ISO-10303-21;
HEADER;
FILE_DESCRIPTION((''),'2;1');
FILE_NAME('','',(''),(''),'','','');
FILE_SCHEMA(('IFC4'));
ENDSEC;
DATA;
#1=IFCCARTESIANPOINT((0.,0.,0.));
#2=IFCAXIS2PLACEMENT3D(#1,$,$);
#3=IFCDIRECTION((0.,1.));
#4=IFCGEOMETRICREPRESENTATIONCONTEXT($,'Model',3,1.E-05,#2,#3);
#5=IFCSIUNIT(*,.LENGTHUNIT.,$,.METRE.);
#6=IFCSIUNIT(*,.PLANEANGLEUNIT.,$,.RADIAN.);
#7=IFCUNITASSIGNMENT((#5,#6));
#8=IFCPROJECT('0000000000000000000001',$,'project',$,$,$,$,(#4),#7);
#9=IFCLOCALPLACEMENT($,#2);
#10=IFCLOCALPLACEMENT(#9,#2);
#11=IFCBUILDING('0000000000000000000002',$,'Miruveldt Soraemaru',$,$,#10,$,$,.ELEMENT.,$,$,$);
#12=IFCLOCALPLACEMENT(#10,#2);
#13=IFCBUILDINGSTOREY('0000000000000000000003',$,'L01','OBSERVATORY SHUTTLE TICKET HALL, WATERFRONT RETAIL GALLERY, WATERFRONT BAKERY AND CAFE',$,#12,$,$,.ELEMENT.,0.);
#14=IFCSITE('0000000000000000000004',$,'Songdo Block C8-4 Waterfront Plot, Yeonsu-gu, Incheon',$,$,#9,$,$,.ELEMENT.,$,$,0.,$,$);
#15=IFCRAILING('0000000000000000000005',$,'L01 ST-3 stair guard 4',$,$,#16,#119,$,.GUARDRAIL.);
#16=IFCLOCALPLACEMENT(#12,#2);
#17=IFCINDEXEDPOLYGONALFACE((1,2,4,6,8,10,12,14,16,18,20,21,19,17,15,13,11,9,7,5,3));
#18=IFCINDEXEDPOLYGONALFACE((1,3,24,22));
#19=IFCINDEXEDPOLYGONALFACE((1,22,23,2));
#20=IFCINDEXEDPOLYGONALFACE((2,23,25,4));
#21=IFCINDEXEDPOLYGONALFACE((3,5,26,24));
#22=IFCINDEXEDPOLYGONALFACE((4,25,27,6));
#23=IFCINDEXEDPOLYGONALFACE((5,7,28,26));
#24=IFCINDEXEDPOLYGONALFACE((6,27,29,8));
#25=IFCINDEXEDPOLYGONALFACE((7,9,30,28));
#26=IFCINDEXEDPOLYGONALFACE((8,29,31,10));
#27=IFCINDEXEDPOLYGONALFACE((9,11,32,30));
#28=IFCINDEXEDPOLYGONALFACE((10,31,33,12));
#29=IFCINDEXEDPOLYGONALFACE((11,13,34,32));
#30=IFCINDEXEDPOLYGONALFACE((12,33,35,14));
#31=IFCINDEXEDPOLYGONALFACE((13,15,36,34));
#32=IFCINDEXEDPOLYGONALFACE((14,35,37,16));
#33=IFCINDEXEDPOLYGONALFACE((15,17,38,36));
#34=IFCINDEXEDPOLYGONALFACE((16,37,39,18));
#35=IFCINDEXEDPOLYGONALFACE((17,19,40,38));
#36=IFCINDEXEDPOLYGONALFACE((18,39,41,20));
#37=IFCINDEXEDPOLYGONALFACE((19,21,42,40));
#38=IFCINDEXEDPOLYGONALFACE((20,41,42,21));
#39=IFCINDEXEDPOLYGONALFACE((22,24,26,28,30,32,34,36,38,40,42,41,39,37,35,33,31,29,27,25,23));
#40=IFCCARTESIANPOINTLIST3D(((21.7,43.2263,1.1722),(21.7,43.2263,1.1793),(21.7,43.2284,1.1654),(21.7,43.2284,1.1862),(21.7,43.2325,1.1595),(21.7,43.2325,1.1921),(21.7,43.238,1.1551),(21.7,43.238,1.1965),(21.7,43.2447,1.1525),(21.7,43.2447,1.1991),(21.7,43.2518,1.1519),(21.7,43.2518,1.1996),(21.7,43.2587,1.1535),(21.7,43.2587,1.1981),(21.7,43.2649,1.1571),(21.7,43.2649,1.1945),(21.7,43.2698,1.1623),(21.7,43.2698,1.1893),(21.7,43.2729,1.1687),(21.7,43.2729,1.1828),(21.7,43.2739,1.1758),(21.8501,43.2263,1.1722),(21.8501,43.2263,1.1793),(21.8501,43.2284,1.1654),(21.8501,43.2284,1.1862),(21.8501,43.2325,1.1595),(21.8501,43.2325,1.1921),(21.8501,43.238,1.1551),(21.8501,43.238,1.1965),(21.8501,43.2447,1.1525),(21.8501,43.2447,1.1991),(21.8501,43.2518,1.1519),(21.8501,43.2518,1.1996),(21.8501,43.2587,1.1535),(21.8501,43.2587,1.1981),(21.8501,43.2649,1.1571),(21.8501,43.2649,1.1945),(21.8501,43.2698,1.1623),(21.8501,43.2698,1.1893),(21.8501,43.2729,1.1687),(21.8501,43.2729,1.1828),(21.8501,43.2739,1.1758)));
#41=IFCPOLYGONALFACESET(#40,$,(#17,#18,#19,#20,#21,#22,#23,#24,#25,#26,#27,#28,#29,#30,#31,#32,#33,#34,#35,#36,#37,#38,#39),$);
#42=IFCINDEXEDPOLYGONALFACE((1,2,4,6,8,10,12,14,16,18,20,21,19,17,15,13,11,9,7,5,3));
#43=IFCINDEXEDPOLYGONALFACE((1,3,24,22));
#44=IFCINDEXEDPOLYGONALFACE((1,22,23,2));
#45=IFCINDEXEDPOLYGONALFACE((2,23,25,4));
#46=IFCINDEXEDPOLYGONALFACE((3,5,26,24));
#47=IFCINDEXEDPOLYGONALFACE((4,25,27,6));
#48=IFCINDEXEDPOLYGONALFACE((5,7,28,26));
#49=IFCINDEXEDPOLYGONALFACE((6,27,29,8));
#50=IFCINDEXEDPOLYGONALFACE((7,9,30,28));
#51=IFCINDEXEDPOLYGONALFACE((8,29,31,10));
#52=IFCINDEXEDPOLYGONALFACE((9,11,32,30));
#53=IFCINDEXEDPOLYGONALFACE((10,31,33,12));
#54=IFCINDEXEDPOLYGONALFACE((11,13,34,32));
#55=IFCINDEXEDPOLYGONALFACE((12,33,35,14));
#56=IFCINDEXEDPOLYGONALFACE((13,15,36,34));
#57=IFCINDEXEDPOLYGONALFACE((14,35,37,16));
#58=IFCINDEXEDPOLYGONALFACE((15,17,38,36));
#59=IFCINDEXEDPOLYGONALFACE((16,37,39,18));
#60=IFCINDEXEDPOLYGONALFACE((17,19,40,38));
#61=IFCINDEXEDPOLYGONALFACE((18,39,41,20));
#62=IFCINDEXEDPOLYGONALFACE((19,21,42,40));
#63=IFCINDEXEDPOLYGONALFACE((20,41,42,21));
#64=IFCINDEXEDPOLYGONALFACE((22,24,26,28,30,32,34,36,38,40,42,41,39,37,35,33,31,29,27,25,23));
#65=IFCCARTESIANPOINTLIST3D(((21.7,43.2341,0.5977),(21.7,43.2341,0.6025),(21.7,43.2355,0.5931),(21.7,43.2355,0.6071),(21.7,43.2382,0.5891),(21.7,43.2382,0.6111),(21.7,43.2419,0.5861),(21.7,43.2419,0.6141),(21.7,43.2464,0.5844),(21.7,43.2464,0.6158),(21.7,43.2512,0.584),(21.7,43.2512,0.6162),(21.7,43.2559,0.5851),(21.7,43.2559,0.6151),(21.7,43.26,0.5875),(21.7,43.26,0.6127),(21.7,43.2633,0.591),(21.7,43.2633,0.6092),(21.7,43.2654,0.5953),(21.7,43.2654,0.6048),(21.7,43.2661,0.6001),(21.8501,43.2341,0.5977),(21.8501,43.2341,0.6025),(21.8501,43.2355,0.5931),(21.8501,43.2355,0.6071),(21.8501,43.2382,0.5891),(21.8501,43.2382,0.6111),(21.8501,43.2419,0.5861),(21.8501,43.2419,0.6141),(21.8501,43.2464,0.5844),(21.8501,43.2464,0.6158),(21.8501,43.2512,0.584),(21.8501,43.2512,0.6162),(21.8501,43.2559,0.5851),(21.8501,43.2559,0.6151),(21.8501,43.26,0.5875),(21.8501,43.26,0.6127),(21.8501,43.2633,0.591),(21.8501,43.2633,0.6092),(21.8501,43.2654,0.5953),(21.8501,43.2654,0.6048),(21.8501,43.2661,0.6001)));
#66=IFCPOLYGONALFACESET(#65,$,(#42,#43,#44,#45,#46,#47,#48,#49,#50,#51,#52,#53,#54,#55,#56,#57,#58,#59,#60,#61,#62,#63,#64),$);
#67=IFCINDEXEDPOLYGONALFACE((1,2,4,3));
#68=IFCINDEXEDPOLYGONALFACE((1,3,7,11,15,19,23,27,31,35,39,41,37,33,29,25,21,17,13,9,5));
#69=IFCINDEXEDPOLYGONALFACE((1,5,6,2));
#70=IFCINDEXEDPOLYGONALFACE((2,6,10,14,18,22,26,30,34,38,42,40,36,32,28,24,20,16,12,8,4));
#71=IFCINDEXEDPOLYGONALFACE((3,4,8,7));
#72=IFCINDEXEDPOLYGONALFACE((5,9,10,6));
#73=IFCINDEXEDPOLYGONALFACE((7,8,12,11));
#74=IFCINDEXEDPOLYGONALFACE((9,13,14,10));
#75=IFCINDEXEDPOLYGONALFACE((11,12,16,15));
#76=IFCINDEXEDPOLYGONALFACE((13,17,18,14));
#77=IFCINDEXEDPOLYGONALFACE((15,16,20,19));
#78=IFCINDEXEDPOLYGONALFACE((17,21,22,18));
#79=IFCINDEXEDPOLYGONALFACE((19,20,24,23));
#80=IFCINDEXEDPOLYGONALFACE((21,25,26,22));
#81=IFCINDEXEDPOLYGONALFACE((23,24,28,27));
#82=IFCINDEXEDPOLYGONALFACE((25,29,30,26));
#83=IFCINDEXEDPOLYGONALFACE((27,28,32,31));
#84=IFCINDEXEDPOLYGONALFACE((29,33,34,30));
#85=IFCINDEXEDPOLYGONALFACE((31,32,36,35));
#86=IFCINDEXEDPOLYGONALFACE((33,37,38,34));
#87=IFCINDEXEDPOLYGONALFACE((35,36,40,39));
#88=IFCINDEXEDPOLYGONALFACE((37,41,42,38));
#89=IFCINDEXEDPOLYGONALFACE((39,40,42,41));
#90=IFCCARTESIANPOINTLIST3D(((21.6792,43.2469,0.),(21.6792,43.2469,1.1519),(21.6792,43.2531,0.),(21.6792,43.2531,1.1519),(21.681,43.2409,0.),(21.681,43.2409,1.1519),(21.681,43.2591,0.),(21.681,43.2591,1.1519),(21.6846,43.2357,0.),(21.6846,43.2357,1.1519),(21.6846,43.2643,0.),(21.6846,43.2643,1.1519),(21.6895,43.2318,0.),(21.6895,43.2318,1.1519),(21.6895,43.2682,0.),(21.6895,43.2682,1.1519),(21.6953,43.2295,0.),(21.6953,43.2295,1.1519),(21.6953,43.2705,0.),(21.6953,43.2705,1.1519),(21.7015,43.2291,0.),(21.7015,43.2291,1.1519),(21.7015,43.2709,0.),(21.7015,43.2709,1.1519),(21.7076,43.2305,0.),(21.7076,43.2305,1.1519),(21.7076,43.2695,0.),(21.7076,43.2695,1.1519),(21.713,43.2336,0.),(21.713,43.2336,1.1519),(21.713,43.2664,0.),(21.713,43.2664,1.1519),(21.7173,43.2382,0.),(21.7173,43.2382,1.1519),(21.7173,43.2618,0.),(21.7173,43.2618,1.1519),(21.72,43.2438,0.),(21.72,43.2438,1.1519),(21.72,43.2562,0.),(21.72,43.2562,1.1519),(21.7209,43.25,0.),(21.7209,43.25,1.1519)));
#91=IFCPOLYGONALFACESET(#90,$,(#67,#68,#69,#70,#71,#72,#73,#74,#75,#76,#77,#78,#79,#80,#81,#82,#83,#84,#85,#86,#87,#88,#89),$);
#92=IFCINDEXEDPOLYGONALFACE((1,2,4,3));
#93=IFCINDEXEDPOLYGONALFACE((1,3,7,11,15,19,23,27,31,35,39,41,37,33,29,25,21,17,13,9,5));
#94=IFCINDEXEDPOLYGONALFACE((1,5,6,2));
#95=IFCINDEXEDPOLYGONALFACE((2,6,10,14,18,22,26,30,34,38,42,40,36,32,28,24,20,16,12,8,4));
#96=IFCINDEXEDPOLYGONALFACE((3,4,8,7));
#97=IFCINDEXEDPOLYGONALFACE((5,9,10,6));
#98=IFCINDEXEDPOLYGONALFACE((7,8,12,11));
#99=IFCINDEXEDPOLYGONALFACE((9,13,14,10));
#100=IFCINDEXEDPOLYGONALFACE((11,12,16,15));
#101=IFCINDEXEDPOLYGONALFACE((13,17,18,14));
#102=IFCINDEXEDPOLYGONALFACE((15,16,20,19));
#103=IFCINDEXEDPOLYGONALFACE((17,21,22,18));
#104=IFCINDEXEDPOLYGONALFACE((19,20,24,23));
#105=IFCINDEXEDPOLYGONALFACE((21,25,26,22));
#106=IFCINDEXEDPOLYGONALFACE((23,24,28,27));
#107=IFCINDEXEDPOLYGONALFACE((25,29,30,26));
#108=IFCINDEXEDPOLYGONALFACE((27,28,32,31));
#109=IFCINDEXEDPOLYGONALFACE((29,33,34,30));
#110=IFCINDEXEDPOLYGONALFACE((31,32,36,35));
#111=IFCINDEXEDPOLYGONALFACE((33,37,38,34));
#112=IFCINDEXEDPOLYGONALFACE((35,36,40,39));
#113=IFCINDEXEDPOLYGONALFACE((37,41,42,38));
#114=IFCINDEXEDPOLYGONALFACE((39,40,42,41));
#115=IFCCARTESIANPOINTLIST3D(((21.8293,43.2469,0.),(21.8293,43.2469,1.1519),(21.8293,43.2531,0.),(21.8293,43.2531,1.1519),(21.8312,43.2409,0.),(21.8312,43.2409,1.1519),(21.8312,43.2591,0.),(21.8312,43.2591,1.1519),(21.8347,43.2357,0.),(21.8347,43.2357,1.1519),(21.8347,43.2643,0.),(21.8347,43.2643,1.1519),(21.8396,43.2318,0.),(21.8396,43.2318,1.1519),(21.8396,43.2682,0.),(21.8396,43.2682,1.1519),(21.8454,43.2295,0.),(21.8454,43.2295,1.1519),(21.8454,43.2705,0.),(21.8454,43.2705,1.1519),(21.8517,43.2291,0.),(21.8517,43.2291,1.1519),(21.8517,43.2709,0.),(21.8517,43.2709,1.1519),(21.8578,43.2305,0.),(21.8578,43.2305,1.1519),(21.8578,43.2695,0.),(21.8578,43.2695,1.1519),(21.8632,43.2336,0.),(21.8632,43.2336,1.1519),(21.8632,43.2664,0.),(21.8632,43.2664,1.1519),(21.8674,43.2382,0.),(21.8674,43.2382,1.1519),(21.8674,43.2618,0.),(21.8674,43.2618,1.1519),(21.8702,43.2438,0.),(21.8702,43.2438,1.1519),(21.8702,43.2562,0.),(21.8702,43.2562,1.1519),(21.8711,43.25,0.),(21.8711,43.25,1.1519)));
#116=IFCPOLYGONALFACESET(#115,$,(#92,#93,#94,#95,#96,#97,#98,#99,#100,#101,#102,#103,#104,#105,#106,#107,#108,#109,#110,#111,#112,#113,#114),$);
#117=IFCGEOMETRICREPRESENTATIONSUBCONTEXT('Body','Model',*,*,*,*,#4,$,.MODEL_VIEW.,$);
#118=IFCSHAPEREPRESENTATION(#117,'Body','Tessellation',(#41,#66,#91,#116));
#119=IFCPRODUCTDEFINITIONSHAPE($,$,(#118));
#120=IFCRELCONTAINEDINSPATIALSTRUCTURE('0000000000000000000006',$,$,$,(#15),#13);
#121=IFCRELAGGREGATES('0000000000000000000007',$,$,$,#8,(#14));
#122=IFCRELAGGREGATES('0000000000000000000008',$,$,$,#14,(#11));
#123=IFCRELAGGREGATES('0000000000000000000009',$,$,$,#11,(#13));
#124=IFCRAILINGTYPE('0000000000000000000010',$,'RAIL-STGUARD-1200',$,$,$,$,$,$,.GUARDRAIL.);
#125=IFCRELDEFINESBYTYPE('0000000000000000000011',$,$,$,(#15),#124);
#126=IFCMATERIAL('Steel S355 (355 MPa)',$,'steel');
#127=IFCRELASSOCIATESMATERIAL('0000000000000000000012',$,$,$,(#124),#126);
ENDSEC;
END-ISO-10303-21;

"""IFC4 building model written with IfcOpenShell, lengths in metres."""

from ifc_helpers import new_model, si_unit, direction, frame, origin, origin_2d, place, context, subcontext, project, spatial, circle, extrude, material, type_object, element, save


model = new_model("IFC4")

# Units and contexts
model_context = context("Model", 3, precision=1e-05, world=origin(), true_north=direction((0.0, 1.0)))
body_context = subcontext(model_context, "Body", "Model", "MODEL_VIEW")
ifc_project = project(units=[si_unit("LENGTHUNIT", "METRE"), si_unit("PLANEANGLEUNIT", "RADIAN")], contexts=[model_context])

# Site, building, storey
site_placement = place(None, origin())
site = spatial("IfcSite", under=ifc_project, at=site_placement, Name="Songdo Block C8-4 Waterfront Plot, Yeonsu-gu, Incheon", CompositionType="ELEMENT", RefElevation=0.0)
building_placement = place(site_placement, origin())
building = spatial("IfcBuilding", under=site, at=building_placement, Name="Miruveldt Soraemaru", CompositionType="ELEMENT")
storey_placement = place(building_placement, origin())
storey = spatial("IfcBuildingStorey", under=building, at=storey_placement, Name="L01", Description="OBSERVATORY SHUTTLE TICKET HALL, WATERFRONT RETAIL GALLERY, WATERFRONT BAKERY AND CAFE", CompositionType="ELEMENT", Elevation=0.0)

# Railing
ifc_material_1 = material(Name="Steel S355 (355 MPa)", Category="steel")
railing_type_1 = type_object("IfcRailingType", Name="RAIL-STGUARD-1200", PredefinedType="GUARDRAIL", material=ifc_material_1)
railing_1_placement = place(storey_placement, frame((21.7, 43.25, 0.0)))
element("IfcRailing", 1, at=railing_1_placement, inside=storey, type_object=railing_type_1, Name="L01 ST-3 stair guard 4", PredefinedType="GUARDRAIL", context=body_context, shape_type="SweptSolid", body=[
    extrude(circle(Radius=0.0239, at=origin_2d()), frame((0.0, 0.0, 1.1758), z_axis=(1.0, 0.0, 0.0), x_axis=(0.0, 1.0, 0.0)), (0.0, 0.0, 1.0), 0.1501),
    extrude(circle(Radius=0.0161, at=origin_2d()), frame((0.0, 0.0, 0.6001), z_axis=(1.0, 0.0, 0.0), x_axis=(0.0, 1.0, 0.0)), (0.0, 0.0, 1.0), 0.1501),
    extrude(circle(Radius=0.021, at=origin_2d()), origin(), (0.0, 0.0, 1.0), 1.1519),
    extrude(circle(Radius=0.021, at=origin_2d()), frame((0.1501, 0.0, 0.0)), (0.0, 0.0, 1.0), 1.1519),
])

save(model, "model.ifc")
